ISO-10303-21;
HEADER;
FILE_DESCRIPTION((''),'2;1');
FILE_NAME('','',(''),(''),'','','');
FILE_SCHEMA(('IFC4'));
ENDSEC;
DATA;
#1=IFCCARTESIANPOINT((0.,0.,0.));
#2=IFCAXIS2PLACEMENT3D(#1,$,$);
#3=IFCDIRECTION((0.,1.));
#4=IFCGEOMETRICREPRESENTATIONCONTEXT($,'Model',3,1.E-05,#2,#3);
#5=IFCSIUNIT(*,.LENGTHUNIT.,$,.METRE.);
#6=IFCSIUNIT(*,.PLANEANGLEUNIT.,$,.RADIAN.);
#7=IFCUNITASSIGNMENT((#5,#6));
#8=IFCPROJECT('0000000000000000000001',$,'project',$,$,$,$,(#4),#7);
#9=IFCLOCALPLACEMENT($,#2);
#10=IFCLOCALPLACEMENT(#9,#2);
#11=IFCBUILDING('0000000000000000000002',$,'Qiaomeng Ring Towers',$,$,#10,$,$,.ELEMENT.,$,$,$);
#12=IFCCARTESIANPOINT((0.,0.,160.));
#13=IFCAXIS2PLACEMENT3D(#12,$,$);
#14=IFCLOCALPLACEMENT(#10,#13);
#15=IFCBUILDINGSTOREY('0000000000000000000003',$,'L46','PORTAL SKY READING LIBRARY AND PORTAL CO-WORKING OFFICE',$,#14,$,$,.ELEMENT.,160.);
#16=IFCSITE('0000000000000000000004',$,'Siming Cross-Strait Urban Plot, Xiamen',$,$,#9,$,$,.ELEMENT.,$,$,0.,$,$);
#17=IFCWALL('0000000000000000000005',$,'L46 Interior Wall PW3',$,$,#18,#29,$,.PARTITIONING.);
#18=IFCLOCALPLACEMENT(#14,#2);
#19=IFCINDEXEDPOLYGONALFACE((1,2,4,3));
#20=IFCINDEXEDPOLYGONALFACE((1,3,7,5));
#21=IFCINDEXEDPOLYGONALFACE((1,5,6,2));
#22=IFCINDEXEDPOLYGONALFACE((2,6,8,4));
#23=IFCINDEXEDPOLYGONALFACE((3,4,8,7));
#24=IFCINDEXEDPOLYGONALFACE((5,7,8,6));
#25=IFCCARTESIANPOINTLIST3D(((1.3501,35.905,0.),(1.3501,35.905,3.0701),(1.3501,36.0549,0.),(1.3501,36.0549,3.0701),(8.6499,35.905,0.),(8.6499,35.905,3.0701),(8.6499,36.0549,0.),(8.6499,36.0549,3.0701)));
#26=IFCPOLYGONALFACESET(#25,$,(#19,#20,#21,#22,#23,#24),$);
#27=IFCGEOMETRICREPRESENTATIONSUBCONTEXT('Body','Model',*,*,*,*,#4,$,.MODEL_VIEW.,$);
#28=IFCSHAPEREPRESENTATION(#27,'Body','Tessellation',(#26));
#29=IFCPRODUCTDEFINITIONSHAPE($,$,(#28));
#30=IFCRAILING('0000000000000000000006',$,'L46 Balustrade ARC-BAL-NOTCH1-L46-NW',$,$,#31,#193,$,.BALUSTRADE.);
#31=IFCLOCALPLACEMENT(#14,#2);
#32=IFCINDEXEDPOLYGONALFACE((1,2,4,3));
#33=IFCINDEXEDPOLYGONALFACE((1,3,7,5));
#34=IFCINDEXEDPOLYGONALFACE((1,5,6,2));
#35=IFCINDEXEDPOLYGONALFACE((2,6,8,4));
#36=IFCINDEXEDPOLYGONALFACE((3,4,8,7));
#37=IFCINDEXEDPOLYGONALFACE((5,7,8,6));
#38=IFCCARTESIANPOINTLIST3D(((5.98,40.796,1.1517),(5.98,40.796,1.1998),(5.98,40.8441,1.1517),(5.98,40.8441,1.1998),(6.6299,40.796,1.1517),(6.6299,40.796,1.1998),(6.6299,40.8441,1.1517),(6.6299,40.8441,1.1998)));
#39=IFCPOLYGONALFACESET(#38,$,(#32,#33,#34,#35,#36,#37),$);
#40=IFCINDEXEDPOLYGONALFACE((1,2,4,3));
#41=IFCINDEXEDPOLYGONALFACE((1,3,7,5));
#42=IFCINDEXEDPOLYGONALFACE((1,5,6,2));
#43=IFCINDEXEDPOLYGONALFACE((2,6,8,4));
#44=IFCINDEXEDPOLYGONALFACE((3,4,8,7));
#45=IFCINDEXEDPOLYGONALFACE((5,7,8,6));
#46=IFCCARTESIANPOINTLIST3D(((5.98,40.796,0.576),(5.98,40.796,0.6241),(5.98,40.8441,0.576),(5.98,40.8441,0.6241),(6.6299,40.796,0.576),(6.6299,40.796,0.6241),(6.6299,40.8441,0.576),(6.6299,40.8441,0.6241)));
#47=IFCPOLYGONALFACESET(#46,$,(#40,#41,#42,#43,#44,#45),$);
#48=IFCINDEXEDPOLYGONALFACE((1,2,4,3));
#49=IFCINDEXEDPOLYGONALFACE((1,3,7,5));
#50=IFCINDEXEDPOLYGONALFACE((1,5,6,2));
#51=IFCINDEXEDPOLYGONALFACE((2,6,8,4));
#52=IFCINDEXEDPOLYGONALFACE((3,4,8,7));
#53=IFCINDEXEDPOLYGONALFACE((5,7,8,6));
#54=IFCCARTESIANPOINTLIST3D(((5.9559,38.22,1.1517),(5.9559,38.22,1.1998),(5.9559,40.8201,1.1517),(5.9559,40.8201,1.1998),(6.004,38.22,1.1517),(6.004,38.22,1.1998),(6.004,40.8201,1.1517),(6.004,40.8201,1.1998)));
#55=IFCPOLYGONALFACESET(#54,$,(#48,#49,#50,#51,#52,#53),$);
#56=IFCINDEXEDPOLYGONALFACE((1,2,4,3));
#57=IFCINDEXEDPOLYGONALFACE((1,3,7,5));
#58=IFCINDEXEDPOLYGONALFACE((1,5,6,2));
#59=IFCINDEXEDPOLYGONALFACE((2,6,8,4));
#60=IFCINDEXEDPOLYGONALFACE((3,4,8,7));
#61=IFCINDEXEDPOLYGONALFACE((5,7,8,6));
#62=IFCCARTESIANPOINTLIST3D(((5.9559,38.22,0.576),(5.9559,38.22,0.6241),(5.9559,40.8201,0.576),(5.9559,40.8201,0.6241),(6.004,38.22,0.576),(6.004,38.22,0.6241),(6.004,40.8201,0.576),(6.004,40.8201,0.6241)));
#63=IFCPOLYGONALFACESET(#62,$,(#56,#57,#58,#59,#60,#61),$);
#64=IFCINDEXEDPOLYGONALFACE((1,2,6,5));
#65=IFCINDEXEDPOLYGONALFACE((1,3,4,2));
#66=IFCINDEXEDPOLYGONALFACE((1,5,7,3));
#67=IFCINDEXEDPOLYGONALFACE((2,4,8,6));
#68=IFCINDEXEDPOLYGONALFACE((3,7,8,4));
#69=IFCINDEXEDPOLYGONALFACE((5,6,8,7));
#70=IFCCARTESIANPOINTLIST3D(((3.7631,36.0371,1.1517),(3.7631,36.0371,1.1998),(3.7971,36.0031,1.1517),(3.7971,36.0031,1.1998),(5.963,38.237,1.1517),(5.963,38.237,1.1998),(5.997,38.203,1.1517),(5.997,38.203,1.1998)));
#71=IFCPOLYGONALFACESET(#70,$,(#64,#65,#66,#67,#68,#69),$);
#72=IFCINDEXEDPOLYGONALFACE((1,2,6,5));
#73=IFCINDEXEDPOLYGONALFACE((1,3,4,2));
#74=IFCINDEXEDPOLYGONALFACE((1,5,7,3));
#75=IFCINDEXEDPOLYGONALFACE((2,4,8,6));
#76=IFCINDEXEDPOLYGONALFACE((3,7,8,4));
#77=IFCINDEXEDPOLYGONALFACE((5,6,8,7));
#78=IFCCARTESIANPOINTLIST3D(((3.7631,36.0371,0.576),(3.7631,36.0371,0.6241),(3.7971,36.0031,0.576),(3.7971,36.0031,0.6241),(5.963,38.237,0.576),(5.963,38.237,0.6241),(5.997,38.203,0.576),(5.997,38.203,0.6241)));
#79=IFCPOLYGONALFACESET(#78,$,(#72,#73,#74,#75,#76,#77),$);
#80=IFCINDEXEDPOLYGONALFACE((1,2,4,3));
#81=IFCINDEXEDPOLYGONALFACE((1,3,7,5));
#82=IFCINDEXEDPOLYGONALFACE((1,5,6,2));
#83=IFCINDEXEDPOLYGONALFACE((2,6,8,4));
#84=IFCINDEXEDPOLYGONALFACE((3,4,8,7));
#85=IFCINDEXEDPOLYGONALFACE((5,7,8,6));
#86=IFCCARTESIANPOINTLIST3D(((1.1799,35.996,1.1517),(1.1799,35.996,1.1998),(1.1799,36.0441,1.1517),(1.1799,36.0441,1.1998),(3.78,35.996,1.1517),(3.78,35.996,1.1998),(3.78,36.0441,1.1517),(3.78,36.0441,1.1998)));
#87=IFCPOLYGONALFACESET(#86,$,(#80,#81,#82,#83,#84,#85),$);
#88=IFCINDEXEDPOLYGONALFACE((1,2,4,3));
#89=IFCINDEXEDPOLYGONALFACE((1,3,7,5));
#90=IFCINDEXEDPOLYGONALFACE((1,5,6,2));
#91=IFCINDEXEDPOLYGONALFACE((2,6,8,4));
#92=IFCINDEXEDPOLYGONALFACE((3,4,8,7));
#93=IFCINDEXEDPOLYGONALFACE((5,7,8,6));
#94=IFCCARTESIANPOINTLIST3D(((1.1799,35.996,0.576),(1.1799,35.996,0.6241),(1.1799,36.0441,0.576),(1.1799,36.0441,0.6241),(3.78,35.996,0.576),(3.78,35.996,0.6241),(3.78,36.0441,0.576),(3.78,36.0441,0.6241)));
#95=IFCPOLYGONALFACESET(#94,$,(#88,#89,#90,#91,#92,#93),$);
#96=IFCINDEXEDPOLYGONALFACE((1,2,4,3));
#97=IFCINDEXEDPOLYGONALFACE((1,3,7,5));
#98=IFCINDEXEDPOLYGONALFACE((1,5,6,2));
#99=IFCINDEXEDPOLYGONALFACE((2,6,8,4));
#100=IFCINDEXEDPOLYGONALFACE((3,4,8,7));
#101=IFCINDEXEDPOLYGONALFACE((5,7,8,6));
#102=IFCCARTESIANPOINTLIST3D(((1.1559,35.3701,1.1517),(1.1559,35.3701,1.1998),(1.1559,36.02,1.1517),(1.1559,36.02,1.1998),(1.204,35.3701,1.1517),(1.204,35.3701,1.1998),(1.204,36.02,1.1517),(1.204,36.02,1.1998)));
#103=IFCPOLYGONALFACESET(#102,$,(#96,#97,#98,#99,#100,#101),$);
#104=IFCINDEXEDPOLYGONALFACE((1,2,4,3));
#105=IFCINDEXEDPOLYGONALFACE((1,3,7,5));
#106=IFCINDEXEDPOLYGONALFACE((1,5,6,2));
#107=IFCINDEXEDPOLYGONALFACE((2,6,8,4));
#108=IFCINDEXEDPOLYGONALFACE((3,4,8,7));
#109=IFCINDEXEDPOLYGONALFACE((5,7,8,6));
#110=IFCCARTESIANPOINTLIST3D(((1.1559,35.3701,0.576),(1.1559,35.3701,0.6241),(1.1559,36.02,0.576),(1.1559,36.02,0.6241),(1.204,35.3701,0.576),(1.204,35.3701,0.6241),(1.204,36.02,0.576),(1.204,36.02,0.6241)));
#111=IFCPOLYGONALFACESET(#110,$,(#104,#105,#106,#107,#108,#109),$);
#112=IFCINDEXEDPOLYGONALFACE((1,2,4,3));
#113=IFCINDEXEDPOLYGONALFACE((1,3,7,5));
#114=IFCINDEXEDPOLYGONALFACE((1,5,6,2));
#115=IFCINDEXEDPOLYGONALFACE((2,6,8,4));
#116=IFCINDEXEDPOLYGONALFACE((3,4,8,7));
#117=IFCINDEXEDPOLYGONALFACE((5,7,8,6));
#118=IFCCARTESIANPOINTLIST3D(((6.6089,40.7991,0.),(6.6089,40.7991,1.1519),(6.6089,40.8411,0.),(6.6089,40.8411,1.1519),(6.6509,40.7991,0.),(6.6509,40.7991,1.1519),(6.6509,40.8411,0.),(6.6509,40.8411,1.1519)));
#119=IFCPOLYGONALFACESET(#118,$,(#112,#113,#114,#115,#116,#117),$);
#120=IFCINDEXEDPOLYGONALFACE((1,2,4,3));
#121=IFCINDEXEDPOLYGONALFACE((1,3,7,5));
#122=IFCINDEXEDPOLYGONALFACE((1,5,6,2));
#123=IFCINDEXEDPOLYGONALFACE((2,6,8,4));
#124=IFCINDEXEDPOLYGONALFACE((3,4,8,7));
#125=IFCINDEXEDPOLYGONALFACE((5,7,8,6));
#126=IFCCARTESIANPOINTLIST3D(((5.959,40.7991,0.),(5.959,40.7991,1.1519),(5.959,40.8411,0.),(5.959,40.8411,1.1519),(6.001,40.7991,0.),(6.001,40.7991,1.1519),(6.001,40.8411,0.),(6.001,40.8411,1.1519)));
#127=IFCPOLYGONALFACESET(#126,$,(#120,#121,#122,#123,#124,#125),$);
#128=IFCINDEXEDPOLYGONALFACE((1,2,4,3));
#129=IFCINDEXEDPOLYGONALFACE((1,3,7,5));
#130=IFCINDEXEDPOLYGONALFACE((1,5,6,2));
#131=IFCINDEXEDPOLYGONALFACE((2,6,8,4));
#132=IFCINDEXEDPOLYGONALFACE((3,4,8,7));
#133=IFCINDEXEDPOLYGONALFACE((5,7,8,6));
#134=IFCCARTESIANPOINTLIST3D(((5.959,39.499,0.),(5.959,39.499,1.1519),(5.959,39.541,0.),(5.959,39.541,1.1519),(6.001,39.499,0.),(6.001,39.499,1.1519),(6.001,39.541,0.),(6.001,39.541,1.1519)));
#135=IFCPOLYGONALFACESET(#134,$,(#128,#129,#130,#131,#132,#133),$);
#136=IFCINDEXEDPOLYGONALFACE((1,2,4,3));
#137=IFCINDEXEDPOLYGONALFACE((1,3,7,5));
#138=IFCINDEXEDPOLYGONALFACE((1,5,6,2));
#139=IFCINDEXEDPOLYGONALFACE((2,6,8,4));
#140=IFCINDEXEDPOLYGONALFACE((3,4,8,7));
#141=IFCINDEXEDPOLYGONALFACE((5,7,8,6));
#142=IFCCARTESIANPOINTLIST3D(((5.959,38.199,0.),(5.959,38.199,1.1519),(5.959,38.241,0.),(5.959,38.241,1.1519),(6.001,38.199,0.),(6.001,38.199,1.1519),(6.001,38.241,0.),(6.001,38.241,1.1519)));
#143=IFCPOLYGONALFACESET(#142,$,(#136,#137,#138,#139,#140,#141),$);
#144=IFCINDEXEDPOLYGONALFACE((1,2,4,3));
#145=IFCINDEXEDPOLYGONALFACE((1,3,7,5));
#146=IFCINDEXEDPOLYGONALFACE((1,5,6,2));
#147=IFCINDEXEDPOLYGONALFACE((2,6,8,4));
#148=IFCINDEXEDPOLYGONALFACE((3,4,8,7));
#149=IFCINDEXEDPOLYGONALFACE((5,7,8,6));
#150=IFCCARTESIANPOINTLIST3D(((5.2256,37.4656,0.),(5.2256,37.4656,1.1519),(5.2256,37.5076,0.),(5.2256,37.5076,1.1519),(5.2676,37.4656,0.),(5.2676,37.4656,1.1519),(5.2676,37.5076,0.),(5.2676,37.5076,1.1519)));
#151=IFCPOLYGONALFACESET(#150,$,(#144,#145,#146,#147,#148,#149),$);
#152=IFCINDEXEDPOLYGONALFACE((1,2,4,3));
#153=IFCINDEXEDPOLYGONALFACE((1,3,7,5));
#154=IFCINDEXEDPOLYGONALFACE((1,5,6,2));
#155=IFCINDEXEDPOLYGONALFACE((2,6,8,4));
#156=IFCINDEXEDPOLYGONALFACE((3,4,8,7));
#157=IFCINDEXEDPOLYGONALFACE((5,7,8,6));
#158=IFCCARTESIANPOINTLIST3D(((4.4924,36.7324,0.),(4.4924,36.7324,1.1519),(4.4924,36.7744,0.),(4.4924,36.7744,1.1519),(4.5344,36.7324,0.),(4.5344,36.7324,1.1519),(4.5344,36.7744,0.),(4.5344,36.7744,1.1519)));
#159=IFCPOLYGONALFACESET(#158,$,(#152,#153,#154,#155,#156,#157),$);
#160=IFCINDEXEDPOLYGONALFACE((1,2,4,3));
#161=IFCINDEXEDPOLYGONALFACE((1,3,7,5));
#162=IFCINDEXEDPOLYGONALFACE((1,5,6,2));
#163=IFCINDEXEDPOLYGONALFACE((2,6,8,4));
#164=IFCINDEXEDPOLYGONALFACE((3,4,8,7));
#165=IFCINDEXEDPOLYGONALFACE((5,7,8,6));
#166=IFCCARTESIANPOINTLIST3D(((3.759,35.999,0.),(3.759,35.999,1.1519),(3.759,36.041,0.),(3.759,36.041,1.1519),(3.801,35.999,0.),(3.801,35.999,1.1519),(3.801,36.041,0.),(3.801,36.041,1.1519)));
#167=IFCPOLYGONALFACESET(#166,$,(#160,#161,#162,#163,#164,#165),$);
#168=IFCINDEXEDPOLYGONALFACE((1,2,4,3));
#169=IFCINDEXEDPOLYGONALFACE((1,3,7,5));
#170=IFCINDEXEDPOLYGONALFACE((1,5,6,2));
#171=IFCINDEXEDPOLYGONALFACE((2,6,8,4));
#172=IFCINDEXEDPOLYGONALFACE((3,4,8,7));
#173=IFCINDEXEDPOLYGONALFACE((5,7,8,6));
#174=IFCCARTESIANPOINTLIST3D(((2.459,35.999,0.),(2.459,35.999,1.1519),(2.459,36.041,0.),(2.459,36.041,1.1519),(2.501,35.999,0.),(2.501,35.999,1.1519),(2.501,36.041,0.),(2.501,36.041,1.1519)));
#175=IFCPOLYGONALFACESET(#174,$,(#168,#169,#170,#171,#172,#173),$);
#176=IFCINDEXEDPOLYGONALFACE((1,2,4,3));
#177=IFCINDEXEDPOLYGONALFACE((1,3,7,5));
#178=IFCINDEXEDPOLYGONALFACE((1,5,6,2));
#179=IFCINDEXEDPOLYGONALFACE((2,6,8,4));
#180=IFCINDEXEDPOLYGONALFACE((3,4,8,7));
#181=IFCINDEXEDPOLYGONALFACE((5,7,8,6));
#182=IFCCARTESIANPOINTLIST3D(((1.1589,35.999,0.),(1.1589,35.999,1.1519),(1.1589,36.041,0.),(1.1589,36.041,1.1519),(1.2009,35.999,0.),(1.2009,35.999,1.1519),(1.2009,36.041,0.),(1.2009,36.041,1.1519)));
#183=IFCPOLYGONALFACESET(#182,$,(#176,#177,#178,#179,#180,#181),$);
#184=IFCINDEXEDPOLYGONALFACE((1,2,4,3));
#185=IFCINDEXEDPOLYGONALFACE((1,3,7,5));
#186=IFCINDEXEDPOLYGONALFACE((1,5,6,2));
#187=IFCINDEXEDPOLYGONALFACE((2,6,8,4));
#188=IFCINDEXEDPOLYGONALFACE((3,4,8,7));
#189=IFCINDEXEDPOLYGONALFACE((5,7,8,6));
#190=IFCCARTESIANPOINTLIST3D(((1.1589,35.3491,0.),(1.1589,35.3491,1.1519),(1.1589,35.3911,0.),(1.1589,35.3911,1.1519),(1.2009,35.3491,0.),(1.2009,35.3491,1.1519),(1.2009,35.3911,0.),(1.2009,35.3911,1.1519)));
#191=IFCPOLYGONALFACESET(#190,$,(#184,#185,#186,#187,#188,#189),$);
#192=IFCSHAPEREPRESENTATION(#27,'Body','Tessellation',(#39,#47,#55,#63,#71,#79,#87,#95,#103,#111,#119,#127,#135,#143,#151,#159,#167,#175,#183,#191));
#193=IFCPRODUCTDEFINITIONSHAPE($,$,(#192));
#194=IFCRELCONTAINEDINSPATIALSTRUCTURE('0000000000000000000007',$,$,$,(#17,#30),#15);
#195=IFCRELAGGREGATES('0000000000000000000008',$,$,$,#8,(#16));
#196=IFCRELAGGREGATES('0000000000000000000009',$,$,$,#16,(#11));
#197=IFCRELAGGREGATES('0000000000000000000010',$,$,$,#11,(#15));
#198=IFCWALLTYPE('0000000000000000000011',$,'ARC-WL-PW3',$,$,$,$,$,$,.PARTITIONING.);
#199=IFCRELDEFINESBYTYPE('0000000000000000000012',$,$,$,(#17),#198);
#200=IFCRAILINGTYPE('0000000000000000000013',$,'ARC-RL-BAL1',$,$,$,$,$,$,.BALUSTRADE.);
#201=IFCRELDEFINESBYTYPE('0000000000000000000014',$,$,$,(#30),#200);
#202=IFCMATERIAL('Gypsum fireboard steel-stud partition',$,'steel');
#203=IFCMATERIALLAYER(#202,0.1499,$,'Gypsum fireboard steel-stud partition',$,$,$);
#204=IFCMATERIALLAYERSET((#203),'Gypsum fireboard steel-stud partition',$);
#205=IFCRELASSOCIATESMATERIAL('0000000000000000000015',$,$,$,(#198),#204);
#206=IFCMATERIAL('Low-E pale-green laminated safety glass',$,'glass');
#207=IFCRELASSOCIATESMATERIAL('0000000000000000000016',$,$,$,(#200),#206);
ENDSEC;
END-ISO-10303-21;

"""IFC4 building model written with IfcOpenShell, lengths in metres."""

from ifc_helpers import new_model, si_unit, direction, frame, frame_2d, origin, origin_2d, place, context, subcontext, project, spatial, rectangle, extrude, material, layer, layer_set, type_object, element, save


model = new_model("IFC4")

# Units and contexts
model_context = context("Model", 3, precision=1e-05, world=origin(), true_north=direction((0.0, 1.0)))
body_context = subcontext(model_context, "Body", "Model", "MODEL_VIEW")
ifc_project = project(units=[si_unit("LENGTHUNIT", "METRE"), si_unit("PLANEANGLEUNIT", "RADIAN")], contexts=[model_context])

# Site, building, storey
site_placement = place(None, origin())
site = spatial("IfcSite", under=ifc_project, at=site_placement, Name="Siming Cross-Strait Urban Plot, Xiamen", CompositionType="ELEMENT", RefElevation=0.0)
building_placement = place(site_placement, origin())
building = spatial("IfcBuilding", under=site, at=building_placement, Name="Qiaomeng Ring Towers", CompositionType="ELEMENT")
storey_placement = place(building_placement, frame((0.0, 0.0, 160.0)))
storey = spatial("IfcBuildingStorey", under=building, at=storey_placement, Name="L46", Description="PORTAL SKY READING LIBRARY AND PORTAL CO-WORKING OFFICE", CompositionType="ELEMENT", Elevation=160.0)

# Wall
ifc_material_1 = material(Name="Gypsum fireboard steel-stud partition", Category="steel")
ifc_layer_1 = layer(ifc_material_1, 0.1499, Name="Gypsum fireboard steel-stud partition")
ifc_layer_set_1 = layer_set([ifc_layer_1], Name="Gypsum fireboard steel-stud partition")
wall_type_1 = type_object("IfcWallType", Name="ARC-WL-PW3", PredefinedType="PARTITIONING", material=ifc_layer_set_1)
wall_1_placement = place(storey_placement, frame((1.3501, 35.98, 0.0), z_axis=(0.0, 0.0, 1.0), x_axis=(1.0, 0.0, 0.0)))
element("IfcWall", 1, at=wall_1_placement, inside=storey, type_object=wall_type_1, Name="L46 Interior Wall PW3", PredefinedType="PARTITIONING", context=body_context, shape_type="SweptSolid", body=[
    extrude(rectangle(XDim=7.2998, YDim=0.1499, at=frame_2d((3.6499, 0.0))), origin(), (0.0, 0.0, 1.0), 3.0701),
])

# Railing
ifc_material_2 = material(Name="Low-E pale-green laminated safety glass", Category="glass")
railing_type = type_object("IfcRailingType", Name="ARC-RL-BAL1", PredefinedType="BALUSTRADE", material=ifc_material_2)
railing_placement = place(storey_placement, frame((6.6299, 40.8201, 0.0)))
element("IfcRailing", 2, at=railing_placement, inside=storey, type_object=railing_type, Name="L46 Balustrade ARC-BAL-NOTCH1-L46-NW", PredefinedType="BALUSTRADE", context=body_context, shape_type="SweptSolid", body=[
    extrude(rectangle(XDim=0.0481, YDim=0.0481, at=origin_2d()), frame((0.0, 0.0, 1.1758), z_axis=(-1.0, 0.0, 0.0), x_axis=(0.0, -1.0, 0.0)), (0.0, 0.0, 1.0), 0.6499),
    extrude(rectangle(XDim=0.0481, YDim=0.0481, at=origin_2d()), frame((0.0, 0.0, 0.6001), z_axis=(-1.0, 0.0, 0.0), x_axis=(0.0, -1.0, 0.0)), (0.0, 0.0, 1.0), 0.6499),
    extrude(rectangle(XDim=0.0481, YDim=0.0481, at=origin_2d()), frame((-0.6499, 0.0, 1.1758), z_axis=(0.0, -1.0, 0.0), x_axis=(1.0, 0.0, 0.0)), (0.0, 0.0, 1.0), 2.6001),
    extrude(rectangle(XDim=0.0481, YDim=0.0481, at=origin_2d()), frame((-0.6499, 0.0, 0.6001), z_axis=(0.0, -1.0, 0.0), x_axis=(1.0, 0.0, 0.0)), (0.0, 0.0, 1.0), 2.6001),
    extrude(rectangle(XDim=0.0481, YDim=0.0481, at=origin_2d()), frame((-0.6499, -2.6001, 1.1758), z_axis=(-0.707107, -0.707107, 0.0), x_axis=(0.707107, -0.707107, 0.0)), (0.0, 0.0, 1.0), 3.1111),
    extrude(rectangle(XDim=0.0481, YDim=0.0481, at=origin_2d()), frame((-0.6499, -2.6001, 0.6001), z_axis=(-0.707107, -0.707107, 0.0), x_axis=(0.707107, -0.707107, 0.0)), (0.0, 0.0, 1.0), 3.1111),
    extrude(rectangle(XDim=0.0481, YDim=0.0481, at=origin_2d()), frame((-2.8499, -4.8, 1.1758), z_axis=(-1.0, 0.0, 0.0), x_axis=(0.0, -1.0, 0.0)), (0.0, 0.0, 1.0), 2.6001),
    extrude(rectangle(XDim=0.0481, YDim=0.0481, at=origin_2d()), frame((-2.8499, -4.8, 0.6001), z_axis=(-1.0, 0.0, 0.0), x_axis=(0.0, -1.0, 0.0)), (0.0, 0.0, 1.0), 2.6001),
    extrude(rectangle(XDim=0.0481, YDim=0.0481, at=origin_2d()), frame((-5.45, -4.8, 1.1758), z_axis=(0.0, -1.0, 0.0), x_axis=(1.0, 0.0, 0.0)), (0.0, 0.0, 1.0), 0.6499),
    extrude(rectangle(XDim=0.0481, YDim=0.0481, at=origin_2d()), frame((-5.45, -4.8, 0.6001), z_axis=(0.0, -1.0, 0.0), x_axis=(1.0, 0.0, 0.0)), (0.0, 0.0, 1.0), 0.6499),
    extrude(rectangle(XDim=0.042, YDim=0.042, at=origin_2d()), origin(), (0.0, 0.0, 1.0), 1.1519),
    extrude(rectangle(XDim=0.042, YDim=0.042, at=origin_2d()), frame((-0.6499, 0.0, 0.0)), (0.0, 0.0, 1.0), 1.1519),
    extrude(rectangle(XDim=0.042, YDim=0.042, at=origin_2d()), frame((-0.6499, -1.3, 0.0)), (0.0, 0.0, 1.0), 1.1519),
    extrude(rectangle(XDim=0.042, YDim=0.042, at=origin_2d()), frame((-0.6499, -2.6001, 0.0)), (0.0, 0.0, 1.0), 1.1519),
    extrude(rectangle(XDim=0.042, YDim=0.042, at=origin_2d()), frame((-1.3833, -3.3335, 0.0)), (0.0, 0.0, 1.0), 1.1519),
    extrude(rectangle(XDim=0.042, YDim=0.042, at=origin_2d()), frame((-2.1165, -4.0667, 0.0)), (0.0, 0.0, 1.0), 1.1519),
    extrude(rectangle(XDim=0.042, YDim=0.042, at=origin_2d()), frame((-2.8499, -4.8, 0.0)), (0.0, 0.0, 1.0), 1.1519),
    extrude(rectangle(XDim=0.042, YDim=0.042, at=origin_2d()), frame((-4.1499, -4.8, 0.0)), (0.0, 0.0, 1.0), 1.1519),
    extrude(rectangle(XDim=0.042, YDim=0.042, at=origin_2d()), frame((-5.45, -4.8, 0.0)), (0.0, 0.0, 1.0), 1.1519),
    extrude(rectangle(XDim=0.042, YDim=0.042, at=origin_2d()), frame((-5.45, -5.45, 0.0)), (0.0, 0.0, 1.0), 1.1519),
])

save(model, "model.ifc")
